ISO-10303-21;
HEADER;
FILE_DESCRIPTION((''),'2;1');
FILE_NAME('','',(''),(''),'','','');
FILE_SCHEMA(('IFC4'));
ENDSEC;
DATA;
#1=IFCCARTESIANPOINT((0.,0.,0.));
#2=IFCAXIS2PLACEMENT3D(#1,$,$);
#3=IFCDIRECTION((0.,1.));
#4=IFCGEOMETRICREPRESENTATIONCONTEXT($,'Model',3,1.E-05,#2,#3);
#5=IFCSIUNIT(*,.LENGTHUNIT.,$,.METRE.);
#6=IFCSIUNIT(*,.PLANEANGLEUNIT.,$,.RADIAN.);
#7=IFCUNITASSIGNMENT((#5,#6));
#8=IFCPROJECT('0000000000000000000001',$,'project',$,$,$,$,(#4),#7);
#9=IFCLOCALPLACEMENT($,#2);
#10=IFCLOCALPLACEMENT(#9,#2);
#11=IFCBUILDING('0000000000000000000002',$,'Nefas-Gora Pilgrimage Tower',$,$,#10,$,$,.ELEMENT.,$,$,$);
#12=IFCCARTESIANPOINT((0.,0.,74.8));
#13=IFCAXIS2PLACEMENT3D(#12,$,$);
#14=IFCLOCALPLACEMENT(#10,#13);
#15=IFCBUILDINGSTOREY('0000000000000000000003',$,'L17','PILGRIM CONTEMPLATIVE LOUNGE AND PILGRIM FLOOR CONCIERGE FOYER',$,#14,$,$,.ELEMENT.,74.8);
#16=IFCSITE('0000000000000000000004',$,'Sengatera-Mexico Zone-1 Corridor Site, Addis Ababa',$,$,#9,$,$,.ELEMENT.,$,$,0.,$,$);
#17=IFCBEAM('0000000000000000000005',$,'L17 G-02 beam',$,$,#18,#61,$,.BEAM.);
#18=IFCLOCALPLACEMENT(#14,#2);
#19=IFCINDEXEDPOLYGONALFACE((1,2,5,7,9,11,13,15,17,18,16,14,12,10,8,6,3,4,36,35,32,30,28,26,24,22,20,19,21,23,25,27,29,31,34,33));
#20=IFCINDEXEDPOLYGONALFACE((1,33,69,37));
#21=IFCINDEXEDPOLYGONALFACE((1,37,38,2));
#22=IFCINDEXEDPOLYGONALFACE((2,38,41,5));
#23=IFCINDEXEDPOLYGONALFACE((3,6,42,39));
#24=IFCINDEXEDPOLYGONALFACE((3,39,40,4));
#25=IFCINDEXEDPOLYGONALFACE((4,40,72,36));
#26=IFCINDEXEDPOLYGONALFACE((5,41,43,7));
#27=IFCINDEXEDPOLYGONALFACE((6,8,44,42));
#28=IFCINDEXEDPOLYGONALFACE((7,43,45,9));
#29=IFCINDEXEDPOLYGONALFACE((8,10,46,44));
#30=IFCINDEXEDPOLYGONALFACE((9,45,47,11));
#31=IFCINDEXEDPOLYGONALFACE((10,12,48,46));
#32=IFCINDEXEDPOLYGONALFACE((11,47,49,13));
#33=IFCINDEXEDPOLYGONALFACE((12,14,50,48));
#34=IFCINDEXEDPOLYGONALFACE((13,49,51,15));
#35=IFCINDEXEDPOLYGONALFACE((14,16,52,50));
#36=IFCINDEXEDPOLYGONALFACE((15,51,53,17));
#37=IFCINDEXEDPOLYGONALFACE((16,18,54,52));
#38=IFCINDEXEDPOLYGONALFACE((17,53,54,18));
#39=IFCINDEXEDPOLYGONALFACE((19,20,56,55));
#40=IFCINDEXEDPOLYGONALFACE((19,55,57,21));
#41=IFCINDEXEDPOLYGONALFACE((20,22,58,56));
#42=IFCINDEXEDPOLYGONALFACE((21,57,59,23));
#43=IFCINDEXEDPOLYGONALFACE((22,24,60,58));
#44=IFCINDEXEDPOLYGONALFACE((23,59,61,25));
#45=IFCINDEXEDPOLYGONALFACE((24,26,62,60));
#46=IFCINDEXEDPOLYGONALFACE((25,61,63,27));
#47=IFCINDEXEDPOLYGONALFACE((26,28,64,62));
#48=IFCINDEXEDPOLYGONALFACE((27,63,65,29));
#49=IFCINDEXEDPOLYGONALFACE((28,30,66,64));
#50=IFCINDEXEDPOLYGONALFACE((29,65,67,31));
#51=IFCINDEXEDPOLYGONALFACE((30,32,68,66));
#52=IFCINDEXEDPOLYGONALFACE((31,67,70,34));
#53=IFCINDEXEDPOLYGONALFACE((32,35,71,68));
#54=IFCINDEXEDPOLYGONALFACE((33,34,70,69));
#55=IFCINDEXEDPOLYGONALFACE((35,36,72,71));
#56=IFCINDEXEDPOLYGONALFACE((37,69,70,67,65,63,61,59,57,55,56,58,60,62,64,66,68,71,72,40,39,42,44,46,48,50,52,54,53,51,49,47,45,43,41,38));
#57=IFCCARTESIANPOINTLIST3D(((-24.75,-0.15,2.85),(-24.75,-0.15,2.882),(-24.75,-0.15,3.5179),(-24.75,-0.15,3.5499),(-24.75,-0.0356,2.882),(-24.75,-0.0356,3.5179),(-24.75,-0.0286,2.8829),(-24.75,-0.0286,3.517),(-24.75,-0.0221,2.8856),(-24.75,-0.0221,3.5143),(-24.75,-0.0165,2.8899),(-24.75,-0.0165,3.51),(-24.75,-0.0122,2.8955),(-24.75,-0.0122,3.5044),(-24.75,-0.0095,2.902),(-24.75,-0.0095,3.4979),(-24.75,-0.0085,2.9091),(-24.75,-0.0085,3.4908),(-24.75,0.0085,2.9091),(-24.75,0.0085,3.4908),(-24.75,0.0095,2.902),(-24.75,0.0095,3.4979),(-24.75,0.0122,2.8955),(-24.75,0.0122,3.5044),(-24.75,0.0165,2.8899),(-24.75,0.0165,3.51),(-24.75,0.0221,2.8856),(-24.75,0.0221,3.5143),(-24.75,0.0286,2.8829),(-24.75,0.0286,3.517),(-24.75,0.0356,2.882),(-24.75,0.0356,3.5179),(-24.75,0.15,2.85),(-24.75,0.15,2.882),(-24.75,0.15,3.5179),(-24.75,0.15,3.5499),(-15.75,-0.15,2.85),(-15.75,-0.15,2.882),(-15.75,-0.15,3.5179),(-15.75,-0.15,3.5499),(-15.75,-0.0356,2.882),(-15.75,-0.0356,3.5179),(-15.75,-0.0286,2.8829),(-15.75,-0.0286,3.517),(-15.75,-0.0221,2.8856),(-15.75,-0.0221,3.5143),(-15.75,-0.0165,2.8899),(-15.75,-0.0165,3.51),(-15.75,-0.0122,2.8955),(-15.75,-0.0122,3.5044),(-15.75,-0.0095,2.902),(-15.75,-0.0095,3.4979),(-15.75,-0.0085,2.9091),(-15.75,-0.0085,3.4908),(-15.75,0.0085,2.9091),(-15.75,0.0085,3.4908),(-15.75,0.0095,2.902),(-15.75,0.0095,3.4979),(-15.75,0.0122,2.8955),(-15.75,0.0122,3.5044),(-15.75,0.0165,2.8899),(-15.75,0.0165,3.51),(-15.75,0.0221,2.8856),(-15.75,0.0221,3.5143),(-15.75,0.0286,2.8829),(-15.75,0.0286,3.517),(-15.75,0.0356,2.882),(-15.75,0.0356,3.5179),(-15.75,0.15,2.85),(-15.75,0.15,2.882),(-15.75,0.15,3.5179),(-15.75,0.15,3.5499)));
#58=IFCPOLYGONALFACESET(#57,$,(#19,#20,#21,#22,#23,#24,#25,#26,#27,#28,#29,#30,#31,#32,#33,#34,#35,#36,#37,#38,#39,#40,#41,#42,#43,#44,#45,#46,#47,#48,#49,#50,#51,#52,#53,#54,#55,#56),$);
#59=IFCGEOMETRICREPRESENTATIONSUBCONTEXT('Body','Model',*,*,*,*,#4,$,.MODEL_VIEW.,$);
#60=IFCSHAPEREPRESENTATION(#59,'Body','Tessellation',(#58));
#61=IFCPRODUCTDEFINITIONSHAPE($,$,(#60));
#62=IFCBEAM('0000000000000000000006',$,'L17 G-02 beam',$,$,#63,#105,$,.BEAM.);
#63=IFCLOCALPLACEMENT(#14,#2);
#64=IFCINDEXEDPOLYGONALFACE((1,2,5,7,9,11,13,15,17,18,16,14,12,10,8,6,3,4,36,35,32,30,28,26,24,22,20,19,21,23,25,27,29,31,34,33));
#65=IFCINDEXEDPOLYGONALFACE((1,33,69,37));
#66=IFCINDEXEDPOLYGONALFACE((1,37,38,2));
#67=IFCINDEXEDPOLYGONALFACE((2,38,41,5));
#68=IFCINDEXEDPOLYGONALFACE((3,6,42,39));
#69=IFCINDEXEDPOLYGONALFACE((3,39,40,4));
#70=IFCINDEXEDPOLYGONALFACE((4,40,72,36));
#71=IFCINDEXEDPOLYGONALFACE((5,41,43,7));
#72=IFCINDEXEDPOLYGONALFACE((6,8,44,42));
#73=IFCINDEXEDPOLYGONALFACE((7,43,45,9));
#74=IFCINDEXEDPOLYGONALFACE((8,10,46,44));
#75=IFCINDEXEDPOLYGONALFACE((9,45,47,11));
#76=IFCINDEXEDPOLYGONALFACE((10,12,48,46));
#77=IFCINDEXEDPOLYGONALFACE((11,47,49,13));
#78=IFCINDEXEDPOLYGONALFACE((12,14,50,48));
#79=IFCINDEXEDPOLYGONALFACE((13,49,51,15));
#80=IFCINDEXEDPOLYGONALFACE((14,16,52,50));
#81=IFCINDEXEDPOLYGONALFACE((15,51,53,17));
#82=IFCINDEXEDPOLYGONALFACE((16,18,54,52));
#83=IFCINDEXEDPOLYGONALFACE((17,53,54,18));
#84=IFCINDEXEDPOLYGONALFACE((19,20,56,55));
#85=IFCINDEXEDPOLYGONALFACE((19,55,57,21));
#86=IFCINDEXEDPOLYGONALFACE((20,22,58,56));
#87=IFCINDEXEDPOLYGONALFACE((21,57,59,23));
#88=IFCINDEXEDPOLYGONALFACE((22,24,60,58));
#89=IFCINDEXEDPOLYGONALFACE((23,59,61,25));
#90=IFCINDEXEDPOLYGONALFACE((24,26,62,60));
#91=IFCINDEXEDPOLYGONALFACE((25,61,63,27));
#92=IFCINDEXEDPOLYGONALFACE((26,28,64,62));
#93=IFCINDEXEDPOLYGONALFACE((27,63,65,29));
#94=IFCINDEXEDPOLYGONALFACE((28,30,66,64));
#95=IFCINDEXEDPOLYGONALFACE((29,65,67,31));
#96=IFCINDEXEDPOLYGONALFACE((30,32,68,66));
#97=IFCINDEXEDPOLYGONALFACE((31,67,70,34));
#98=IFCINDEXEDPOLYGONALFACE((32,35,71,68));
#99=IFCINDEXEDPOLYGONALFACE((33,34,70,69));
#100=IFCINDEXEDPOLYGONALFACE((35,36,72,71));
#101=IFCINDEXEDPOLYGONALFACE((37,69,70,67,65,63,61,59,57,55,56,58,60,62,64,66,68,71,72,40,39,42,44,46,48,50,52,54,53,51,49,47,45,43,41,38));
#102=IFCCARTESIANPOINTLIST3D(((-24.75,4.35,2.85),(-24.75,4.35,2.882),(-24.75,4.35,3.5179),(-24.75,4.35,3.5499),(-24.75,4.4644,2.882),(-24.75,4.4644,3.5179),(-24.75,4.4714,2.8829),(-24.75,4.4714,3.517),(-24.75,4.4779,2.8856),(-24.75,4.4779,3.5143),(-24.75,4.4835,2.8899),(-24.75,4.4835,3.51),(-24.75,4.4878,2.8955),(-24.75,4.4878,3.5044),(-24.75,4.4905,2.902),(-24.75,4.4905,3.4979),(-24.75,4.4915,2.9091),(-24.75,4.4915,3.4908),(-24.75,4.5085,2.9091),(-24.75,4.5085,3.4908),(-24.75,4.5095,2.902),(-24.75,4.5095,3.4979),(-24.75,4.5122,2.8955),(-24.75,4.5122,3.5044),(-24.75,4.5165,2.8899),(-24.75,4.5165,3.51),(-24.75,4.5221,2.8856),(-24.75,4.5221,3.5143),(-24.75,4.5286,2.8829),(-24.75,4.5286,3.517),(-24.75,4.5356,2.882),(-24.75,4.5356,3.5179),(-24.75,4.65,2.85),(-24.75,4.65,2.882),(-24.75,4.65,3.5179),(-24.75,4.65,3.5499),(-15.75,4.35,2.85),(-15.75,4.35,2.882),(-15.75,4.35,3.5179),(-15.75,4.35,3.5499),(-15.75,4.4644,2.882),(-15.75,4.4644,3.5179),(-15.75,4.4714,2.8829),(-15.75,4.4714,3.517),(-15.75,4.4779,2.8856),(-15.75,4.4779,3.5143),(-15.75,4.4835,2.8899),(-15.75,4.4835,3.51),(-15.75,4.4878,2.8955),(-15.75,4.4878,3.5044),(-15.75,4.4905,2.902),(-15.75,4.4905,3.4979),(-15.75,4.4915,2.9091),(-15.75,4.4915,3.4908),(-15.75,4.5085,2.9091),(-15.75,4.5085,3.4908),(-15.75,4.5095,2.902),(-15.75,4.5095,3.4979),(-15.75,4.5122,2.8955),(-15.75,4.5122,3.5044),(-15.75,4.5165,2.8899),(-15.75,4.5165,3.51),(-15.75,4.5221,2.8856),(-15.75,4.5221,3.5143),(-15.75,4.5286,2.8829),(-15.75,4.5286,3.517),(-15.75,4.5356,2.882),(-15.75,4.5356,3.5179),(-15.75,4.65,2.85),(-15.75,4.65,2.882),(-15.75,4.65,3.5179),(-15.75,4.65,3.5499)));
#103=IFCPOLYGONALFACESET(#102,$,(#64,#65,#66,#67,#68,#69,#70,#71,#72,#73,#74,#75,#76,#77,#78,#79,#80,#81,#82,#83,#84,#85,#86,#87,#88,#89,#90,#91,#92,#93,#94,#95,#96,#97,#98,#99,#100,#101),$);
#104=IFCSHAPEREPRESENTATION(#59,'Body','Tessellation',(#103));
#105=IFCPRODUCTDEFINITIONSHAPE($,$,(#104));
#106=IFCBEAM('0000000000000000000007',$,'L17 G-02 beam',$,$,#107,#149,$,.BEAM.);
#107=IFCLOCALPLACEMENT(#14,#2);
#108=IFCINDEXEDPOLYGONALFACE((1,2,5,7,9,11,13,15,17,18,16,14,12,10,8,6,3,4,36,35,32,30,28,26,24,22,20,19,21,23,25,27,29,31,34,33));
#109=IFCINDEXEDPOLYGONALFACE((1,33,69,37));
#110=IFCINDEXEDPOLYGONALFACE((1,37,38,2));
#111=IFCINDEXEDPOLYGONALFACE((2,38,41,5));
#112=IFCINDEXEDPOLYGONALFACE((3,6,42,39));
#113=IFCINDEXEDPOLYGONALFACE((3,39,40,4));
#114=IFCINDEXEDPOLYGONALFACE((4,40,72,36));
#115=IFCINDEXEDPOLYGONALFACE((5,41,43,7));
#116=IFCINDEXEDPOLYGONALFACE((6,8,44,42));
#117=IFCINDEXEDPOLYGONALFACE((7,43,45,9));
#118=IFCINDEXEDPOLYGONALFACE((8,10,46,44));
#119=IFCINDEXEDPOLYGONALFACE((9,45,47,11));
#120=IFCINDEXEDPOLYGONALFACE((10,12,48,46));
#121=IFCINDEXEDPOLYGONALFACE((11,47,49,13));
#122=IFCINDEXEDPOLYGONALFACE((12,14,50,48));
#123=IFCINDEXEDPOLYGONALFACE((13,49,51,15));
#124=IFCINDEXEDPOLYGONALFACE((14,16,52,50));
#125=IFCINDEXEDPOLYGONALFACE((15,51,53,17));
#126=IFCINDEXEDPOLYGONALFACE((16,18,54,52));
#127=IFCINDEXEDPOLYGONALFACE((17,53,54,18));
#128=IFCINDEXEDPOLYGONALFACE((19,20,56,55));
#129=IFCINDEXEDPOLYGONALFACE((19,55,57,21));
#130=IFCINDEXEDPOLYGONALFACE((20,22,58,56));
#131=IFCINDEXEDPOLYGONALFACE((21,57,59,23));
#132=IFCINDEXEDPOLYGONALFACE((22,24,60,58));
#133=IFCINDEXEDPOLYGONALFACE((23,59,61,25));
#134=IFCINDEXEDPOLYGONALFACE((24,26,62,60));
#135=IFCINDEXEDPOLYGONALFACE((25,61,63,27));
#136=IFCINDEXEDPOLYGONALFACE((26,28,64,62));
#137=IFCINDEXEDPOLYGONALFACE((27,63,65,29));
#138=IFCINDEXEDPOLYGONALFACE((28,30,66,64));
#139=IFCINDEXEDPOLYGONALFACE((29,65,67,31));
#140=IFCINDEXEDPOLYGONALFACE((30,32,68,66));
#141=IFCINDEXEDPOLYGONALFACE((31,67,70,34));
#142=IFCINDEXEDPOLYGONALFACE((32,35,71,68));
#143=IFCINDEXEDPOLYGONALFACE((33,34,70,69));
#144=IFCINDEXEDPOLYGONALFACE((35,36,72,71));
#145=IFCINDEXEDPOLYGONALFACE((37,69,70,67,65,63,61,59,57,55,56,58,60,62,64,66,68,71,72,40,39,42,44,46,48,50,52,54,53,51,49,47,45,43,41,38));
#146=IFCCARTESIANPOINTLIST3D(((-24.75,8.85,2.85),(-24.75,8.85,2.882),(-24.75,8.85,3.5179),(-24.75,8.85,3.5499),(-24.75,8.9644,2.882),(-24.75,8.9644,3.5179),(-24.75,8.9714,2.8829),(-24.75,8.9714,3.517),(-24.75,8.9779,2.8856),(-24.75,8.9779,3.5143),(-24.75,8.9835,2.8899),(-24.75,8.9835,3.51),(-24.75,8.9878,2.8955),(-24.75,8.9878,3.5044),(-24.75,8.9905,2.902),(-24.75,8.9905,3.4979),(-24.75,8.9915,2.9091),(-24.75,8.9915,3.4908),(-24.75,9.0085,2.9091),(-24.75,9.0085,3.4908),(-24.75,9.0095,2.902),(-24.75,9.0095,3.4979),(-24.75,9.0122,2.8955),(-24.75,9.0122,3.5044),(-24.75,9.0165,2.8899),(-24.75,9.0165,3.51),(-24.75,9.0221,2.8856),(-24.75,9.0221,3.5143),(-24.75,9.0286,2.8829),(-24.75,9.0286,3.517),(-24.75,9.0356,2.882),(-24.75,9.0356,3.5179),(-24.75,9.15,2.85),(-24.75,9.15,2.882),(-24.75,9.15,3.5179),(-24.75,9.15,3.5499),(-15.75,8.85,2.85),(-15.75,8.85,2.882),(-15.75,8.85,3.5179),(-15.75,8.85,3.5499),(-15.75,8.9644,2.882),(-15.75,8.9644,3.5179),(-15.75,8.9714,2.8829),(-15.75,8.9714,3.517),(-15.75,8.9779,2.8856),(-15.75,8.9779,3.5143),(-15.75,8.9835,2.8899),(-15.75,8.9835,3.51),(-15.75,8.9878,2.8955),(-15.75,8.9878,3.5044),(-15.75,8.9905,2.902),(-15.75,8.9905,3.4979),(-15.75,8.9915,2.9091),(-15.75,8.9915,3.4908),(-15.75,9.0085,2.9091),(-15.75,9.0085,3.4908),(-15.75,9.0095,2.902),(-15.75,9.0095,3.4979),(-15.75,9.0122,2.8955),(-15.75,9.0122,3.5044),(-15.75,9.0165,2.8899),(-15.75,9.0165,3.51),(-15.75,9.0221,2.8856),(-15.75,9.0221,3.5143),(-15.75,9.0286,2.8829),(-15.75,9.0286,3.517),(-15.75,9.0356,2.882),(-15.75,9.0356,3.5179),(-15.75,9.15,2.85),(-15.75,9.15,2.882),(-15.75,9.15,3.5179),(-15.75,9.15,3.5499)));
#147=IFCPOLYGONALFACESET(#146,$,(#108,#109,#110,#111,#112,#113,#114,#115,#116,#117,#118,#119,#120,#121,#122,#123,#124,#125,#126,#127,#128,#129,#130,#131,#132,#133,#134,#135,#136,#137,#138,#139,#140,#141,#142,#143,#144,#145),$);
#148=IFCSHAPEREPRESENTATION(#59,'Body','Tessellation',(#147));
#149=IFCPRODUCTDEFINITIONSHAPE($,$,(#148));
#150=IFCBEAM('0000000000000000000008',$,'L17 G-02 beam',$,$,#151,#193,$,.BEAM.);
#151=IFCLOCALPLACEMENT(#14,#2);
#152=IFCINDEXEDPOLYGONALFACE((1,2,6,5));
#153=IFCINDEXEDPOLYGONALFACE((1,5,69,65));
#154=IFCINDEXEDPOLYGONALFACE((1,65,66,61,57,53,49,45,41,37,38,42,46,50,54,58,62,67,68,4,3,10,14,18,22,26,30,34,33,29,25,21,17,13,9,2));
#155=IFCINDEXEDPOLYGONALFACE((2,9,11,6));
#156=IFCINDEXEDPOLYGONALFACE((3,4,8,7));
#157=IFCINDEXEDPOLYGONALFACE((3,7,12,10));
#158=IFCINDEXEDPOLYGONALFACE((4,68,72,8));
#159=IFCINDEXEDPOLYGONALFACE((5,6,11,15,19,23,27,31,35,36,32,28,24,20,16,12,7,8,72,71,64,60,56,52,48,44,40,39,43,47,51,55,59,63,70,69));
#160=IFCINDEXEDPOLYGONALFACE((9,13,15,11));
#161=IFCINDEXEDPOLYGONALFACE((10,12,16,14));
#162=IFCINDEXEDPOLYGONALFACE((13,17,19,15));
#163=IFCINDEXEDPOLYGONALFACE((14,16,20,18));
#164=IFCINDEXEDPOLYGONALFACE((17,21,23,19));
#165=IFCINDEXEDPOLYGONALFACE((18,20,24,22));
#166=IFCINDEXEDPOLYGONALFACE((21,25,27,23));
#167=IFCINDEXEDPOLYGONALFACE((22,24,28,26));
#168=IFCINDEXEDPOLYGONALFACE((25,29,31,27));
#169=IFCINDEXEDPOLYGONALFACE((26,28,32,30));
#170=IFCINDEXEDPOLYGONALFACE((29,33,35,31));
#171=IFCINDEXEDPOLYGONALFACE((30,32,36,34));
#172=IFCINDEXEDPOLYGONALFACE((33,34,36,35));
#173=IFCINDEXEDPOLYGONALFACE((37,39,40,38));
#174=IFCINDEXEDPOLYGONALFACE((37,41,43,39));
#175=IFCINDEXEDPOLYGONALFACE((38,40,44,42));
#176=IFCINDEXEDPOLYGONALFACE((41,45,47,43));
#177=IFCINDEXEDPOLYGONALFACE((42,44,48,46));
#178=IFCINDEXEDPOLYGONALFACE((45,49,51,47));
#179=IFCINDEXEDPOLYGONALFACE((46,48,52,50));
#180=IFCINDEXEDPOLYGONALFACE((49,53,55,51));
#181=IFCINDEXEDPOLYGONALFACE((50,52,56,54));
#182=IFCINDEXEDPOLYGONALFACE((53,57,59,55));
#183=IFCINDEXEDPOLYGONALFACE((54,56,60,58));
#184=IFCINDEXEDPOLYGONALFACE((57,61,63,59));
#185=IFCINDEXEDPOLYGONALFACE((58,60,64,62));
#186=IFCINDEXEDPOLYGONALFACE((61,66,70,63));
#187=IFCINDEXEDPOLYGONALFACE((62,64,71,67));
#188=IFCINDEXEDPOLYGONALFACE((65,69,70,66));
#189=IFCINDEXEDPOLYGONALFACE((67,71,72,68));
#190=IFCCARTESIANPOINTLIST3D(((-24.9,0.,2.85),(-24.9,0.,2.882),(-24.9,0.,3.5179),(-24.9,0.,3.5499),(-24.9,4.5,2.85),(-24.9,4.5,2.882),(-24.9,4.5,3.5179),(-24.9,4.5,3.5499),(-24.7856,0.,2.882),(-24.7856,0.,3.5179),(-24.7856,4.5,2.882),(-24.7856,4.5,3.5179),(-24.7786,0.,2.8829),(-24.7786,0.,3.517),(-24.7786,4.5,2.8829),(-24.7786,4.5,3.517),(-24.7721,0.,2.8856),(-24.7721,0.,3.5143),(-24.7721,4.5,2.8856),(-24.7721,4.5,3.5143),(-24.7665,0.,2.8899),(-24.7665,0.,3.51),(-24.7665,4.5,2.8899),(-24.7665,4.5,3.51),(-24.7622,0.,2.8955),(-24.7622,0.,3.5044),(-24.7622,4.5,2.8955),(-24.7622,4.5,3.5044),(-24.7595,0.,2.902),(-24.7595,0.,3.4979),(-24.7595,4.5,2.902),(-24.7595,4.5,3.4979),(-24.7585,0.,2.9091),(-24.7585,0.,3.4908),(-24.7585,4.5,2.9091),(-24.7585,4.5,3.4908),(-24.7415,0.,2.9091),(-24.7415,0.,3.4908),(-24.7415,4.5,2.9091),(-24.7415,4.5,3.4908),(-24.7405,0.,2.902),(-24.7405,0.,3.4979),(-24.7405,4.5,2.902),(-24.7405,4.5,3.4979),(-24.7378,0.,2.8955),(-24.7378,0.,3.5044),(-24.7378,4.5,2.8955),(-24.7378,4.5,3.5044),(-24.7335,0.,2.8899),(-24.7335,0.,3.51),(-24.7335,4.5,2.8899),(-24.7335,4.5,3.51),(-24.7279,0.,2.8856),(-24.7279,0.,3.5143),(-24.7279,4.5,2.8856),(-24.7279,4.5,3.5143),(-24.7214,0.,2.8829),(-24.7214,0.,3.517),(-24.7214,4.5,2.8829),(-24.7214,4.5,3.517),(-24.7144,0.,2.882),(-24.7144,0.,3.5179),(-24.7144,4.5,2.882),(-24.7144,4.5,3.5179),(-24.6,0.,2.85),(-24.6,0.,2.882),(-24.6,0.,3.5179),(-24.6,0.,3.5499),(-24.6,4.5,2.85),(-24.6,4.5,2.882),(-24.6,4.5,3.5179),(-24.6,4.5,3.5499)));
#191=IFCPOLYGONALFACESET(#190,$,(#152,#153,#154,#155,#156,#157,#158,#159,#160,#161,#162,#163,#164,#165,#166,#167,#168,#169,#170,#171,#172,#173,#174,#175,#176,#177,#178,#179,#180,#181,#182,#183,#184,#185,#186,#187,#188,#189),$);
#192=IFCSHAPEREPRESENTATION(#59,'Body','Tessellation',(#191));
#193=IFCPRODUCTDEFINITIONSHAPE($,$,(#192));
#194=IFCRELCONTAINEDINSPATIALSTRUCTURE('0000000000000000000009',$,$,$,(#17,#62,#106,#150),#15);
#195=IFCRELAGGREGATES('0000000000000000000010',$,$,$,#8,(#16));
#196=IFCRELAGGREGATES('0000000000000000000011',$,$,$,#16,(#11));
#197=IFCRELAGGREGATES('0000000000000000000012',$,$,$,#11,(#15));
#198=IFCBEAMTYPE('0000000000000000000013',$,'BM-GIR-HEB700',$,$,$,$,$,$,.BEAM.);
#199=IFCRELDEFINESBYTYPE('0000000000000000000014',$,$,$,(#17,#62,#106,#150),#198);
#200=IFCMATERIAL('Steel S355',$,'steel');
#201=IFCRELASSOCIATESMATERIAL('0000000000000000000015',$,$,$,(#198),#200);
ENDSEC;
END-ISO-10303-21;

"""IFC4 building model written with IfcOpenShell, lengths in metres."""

from ifc_helpers import new_model, si_unit, direction, frame, origin, origin_2d, place, context, subcontext, project, spatial, i_section, extrude, source, transform, mapped, material, material_profile, profile_set, type_object, element, save


model = new_model("IFC4")

# Units and contexts
model_context = context("Model", 3, precision=1e-05, world=origin(), true_north=direction((0.0, 1.0)))
body_context = subcontext(model_context, "Body", "Model", "MODEL_VIEW")
ifc_project = project(units=[si_unit("LENGTHUNIT", "METRE"), si_unit("PLANEANGLEUNIT", "RADIAN")], contexts=[model_context])

# Site, building, storey
site_placement = place(None, origin())
site = spatial("IfcSite", under=ifc_project, at=site_placement, Name="Sengatera-Mexico Zone-1 Corridor Site, Addis Ababa", CompositionType="ELEMENT", RefElevation=0.0)
building_placement = place(site_placement, origin())
building = spatial("IfcBuilding", under=site, at=building_placement, Name="Nefas-Gora Pilgrimage Tower", CompositionType="ELEMENT")
storey_placement = place(building_placement, frame((0.0, 0.0, 74.8)))
storey = spatial("IfcBuildingStorey", under=building, at=storey_placement, Name="L17", Description="PILGRIM CONTEMPLATIVE LOUNGE AND PILGRIM FLOOR CONCIERGE FOYER", CompositionType="ELEMENT", Elevation=74.8)

# Beams
ifc_material_1 = material(Name="Steel S355", Category="steel")
ifc_material_profile_1 = material_profile(ifc_material_1, i_section(OverallWidth=0.3, OverallDepth=0.7, WebThickness=0.0171, FlangeThickness=0.032, FilletRadius=0.0271, at=origin_2d()), Name="HEB 700")
ifc_profile_set_1 = profile_set([ifc_material_profile_1], Name="Steel S355")
beam_type_1 = type_object("IfcBeamType", Name="BM-GIR-HEB700", PredefinedType="BEAM", material=ifc_profile_set_1)
shared_shape_1 = source(origin(), body_context, "Body", "SweptSolid", [
    extrude(i_section(OverallWidth=0.3, OverallDepth=0.7, WebThickness=0.0171, FlangeThickness=0.032, FilletRadius=0.0271, at=origin_2d()), origin(), (0.0, 0.0, 1.0), 9.0),
])
for number, where, z_axis, x_axis, name in (
    (1, (-24.75, 0.0, 3.2), (1.0, 0.0, 0.0), (0.0, 1.0, 0.0), "L17 G-02 beam"),
    (2, (-24.75, 4.5, 3.2), (1.0, 0.0, 0.0), (0.0, 1.0, 0.0), "L17 G-02 beam"),
    (3, (-24.75, 9.0, 3.2), (1.0, 0.0, 0.0), (0.0, 1.0, 0.0), "L17 G-02 beam"),
):
    element("IfcBeam", number, at=place(storey_placement, frame(where, z_axis=z_axis, x_axis=x_axis)), inside=storey, type_object=beam_type_1, Name=name, PredefinedType="BEAM", context=body_context, shape_type="MappedRepresentation", body=[
        mapped(shared_shape_1, transform((0.0, 0.0, 0.0), x_axis=(1.0, 0.0, 0.0), y_axis=(0.0, 1.0, 0.0), z_axis=(0.0, 0.0, 1.0), scale=1.0)),
    ])
shared_shape_2 = source(origin(), body_context, "Body", "SweptSolid", [
    extrude(i_section(OverallWidth=0.3, OverallDepth=0.7, WebThickness=0.0171, FlangeThickness=0.032, FilletRadius=0.0271, at=origin_2d()), origin(), (0.0, 0.0, 1.0), 4.5),
])
for number, where, z_axis, x_axis, name in (
    (4, (-24.75, 0.0, 3.2), (0.0, 1.0, 0.0), (-1.0, 0.0, 0.0), "L17 G-02 beam"),
):
    element("IfcBeam", number, at=place(storey_placement, frame(where, z_axis=z_axis, x_axis=x_axis)), inside=storey, type_object=beam_type_1, Name=name, PredefinedType="BEAM", context=body_context, shape_type="MappedRepresentation", body=[
        mapped(shared_shape_2, transform((0.0, 0.0, 0.0), x_axis=(1.0, 0.0, 0.0), y_axis=(0.0, 1.0, 0.0), z_axis=(0.0, 0.0, 1.0), scale=1.0)),
    ])

save(model, "model.ifc")
